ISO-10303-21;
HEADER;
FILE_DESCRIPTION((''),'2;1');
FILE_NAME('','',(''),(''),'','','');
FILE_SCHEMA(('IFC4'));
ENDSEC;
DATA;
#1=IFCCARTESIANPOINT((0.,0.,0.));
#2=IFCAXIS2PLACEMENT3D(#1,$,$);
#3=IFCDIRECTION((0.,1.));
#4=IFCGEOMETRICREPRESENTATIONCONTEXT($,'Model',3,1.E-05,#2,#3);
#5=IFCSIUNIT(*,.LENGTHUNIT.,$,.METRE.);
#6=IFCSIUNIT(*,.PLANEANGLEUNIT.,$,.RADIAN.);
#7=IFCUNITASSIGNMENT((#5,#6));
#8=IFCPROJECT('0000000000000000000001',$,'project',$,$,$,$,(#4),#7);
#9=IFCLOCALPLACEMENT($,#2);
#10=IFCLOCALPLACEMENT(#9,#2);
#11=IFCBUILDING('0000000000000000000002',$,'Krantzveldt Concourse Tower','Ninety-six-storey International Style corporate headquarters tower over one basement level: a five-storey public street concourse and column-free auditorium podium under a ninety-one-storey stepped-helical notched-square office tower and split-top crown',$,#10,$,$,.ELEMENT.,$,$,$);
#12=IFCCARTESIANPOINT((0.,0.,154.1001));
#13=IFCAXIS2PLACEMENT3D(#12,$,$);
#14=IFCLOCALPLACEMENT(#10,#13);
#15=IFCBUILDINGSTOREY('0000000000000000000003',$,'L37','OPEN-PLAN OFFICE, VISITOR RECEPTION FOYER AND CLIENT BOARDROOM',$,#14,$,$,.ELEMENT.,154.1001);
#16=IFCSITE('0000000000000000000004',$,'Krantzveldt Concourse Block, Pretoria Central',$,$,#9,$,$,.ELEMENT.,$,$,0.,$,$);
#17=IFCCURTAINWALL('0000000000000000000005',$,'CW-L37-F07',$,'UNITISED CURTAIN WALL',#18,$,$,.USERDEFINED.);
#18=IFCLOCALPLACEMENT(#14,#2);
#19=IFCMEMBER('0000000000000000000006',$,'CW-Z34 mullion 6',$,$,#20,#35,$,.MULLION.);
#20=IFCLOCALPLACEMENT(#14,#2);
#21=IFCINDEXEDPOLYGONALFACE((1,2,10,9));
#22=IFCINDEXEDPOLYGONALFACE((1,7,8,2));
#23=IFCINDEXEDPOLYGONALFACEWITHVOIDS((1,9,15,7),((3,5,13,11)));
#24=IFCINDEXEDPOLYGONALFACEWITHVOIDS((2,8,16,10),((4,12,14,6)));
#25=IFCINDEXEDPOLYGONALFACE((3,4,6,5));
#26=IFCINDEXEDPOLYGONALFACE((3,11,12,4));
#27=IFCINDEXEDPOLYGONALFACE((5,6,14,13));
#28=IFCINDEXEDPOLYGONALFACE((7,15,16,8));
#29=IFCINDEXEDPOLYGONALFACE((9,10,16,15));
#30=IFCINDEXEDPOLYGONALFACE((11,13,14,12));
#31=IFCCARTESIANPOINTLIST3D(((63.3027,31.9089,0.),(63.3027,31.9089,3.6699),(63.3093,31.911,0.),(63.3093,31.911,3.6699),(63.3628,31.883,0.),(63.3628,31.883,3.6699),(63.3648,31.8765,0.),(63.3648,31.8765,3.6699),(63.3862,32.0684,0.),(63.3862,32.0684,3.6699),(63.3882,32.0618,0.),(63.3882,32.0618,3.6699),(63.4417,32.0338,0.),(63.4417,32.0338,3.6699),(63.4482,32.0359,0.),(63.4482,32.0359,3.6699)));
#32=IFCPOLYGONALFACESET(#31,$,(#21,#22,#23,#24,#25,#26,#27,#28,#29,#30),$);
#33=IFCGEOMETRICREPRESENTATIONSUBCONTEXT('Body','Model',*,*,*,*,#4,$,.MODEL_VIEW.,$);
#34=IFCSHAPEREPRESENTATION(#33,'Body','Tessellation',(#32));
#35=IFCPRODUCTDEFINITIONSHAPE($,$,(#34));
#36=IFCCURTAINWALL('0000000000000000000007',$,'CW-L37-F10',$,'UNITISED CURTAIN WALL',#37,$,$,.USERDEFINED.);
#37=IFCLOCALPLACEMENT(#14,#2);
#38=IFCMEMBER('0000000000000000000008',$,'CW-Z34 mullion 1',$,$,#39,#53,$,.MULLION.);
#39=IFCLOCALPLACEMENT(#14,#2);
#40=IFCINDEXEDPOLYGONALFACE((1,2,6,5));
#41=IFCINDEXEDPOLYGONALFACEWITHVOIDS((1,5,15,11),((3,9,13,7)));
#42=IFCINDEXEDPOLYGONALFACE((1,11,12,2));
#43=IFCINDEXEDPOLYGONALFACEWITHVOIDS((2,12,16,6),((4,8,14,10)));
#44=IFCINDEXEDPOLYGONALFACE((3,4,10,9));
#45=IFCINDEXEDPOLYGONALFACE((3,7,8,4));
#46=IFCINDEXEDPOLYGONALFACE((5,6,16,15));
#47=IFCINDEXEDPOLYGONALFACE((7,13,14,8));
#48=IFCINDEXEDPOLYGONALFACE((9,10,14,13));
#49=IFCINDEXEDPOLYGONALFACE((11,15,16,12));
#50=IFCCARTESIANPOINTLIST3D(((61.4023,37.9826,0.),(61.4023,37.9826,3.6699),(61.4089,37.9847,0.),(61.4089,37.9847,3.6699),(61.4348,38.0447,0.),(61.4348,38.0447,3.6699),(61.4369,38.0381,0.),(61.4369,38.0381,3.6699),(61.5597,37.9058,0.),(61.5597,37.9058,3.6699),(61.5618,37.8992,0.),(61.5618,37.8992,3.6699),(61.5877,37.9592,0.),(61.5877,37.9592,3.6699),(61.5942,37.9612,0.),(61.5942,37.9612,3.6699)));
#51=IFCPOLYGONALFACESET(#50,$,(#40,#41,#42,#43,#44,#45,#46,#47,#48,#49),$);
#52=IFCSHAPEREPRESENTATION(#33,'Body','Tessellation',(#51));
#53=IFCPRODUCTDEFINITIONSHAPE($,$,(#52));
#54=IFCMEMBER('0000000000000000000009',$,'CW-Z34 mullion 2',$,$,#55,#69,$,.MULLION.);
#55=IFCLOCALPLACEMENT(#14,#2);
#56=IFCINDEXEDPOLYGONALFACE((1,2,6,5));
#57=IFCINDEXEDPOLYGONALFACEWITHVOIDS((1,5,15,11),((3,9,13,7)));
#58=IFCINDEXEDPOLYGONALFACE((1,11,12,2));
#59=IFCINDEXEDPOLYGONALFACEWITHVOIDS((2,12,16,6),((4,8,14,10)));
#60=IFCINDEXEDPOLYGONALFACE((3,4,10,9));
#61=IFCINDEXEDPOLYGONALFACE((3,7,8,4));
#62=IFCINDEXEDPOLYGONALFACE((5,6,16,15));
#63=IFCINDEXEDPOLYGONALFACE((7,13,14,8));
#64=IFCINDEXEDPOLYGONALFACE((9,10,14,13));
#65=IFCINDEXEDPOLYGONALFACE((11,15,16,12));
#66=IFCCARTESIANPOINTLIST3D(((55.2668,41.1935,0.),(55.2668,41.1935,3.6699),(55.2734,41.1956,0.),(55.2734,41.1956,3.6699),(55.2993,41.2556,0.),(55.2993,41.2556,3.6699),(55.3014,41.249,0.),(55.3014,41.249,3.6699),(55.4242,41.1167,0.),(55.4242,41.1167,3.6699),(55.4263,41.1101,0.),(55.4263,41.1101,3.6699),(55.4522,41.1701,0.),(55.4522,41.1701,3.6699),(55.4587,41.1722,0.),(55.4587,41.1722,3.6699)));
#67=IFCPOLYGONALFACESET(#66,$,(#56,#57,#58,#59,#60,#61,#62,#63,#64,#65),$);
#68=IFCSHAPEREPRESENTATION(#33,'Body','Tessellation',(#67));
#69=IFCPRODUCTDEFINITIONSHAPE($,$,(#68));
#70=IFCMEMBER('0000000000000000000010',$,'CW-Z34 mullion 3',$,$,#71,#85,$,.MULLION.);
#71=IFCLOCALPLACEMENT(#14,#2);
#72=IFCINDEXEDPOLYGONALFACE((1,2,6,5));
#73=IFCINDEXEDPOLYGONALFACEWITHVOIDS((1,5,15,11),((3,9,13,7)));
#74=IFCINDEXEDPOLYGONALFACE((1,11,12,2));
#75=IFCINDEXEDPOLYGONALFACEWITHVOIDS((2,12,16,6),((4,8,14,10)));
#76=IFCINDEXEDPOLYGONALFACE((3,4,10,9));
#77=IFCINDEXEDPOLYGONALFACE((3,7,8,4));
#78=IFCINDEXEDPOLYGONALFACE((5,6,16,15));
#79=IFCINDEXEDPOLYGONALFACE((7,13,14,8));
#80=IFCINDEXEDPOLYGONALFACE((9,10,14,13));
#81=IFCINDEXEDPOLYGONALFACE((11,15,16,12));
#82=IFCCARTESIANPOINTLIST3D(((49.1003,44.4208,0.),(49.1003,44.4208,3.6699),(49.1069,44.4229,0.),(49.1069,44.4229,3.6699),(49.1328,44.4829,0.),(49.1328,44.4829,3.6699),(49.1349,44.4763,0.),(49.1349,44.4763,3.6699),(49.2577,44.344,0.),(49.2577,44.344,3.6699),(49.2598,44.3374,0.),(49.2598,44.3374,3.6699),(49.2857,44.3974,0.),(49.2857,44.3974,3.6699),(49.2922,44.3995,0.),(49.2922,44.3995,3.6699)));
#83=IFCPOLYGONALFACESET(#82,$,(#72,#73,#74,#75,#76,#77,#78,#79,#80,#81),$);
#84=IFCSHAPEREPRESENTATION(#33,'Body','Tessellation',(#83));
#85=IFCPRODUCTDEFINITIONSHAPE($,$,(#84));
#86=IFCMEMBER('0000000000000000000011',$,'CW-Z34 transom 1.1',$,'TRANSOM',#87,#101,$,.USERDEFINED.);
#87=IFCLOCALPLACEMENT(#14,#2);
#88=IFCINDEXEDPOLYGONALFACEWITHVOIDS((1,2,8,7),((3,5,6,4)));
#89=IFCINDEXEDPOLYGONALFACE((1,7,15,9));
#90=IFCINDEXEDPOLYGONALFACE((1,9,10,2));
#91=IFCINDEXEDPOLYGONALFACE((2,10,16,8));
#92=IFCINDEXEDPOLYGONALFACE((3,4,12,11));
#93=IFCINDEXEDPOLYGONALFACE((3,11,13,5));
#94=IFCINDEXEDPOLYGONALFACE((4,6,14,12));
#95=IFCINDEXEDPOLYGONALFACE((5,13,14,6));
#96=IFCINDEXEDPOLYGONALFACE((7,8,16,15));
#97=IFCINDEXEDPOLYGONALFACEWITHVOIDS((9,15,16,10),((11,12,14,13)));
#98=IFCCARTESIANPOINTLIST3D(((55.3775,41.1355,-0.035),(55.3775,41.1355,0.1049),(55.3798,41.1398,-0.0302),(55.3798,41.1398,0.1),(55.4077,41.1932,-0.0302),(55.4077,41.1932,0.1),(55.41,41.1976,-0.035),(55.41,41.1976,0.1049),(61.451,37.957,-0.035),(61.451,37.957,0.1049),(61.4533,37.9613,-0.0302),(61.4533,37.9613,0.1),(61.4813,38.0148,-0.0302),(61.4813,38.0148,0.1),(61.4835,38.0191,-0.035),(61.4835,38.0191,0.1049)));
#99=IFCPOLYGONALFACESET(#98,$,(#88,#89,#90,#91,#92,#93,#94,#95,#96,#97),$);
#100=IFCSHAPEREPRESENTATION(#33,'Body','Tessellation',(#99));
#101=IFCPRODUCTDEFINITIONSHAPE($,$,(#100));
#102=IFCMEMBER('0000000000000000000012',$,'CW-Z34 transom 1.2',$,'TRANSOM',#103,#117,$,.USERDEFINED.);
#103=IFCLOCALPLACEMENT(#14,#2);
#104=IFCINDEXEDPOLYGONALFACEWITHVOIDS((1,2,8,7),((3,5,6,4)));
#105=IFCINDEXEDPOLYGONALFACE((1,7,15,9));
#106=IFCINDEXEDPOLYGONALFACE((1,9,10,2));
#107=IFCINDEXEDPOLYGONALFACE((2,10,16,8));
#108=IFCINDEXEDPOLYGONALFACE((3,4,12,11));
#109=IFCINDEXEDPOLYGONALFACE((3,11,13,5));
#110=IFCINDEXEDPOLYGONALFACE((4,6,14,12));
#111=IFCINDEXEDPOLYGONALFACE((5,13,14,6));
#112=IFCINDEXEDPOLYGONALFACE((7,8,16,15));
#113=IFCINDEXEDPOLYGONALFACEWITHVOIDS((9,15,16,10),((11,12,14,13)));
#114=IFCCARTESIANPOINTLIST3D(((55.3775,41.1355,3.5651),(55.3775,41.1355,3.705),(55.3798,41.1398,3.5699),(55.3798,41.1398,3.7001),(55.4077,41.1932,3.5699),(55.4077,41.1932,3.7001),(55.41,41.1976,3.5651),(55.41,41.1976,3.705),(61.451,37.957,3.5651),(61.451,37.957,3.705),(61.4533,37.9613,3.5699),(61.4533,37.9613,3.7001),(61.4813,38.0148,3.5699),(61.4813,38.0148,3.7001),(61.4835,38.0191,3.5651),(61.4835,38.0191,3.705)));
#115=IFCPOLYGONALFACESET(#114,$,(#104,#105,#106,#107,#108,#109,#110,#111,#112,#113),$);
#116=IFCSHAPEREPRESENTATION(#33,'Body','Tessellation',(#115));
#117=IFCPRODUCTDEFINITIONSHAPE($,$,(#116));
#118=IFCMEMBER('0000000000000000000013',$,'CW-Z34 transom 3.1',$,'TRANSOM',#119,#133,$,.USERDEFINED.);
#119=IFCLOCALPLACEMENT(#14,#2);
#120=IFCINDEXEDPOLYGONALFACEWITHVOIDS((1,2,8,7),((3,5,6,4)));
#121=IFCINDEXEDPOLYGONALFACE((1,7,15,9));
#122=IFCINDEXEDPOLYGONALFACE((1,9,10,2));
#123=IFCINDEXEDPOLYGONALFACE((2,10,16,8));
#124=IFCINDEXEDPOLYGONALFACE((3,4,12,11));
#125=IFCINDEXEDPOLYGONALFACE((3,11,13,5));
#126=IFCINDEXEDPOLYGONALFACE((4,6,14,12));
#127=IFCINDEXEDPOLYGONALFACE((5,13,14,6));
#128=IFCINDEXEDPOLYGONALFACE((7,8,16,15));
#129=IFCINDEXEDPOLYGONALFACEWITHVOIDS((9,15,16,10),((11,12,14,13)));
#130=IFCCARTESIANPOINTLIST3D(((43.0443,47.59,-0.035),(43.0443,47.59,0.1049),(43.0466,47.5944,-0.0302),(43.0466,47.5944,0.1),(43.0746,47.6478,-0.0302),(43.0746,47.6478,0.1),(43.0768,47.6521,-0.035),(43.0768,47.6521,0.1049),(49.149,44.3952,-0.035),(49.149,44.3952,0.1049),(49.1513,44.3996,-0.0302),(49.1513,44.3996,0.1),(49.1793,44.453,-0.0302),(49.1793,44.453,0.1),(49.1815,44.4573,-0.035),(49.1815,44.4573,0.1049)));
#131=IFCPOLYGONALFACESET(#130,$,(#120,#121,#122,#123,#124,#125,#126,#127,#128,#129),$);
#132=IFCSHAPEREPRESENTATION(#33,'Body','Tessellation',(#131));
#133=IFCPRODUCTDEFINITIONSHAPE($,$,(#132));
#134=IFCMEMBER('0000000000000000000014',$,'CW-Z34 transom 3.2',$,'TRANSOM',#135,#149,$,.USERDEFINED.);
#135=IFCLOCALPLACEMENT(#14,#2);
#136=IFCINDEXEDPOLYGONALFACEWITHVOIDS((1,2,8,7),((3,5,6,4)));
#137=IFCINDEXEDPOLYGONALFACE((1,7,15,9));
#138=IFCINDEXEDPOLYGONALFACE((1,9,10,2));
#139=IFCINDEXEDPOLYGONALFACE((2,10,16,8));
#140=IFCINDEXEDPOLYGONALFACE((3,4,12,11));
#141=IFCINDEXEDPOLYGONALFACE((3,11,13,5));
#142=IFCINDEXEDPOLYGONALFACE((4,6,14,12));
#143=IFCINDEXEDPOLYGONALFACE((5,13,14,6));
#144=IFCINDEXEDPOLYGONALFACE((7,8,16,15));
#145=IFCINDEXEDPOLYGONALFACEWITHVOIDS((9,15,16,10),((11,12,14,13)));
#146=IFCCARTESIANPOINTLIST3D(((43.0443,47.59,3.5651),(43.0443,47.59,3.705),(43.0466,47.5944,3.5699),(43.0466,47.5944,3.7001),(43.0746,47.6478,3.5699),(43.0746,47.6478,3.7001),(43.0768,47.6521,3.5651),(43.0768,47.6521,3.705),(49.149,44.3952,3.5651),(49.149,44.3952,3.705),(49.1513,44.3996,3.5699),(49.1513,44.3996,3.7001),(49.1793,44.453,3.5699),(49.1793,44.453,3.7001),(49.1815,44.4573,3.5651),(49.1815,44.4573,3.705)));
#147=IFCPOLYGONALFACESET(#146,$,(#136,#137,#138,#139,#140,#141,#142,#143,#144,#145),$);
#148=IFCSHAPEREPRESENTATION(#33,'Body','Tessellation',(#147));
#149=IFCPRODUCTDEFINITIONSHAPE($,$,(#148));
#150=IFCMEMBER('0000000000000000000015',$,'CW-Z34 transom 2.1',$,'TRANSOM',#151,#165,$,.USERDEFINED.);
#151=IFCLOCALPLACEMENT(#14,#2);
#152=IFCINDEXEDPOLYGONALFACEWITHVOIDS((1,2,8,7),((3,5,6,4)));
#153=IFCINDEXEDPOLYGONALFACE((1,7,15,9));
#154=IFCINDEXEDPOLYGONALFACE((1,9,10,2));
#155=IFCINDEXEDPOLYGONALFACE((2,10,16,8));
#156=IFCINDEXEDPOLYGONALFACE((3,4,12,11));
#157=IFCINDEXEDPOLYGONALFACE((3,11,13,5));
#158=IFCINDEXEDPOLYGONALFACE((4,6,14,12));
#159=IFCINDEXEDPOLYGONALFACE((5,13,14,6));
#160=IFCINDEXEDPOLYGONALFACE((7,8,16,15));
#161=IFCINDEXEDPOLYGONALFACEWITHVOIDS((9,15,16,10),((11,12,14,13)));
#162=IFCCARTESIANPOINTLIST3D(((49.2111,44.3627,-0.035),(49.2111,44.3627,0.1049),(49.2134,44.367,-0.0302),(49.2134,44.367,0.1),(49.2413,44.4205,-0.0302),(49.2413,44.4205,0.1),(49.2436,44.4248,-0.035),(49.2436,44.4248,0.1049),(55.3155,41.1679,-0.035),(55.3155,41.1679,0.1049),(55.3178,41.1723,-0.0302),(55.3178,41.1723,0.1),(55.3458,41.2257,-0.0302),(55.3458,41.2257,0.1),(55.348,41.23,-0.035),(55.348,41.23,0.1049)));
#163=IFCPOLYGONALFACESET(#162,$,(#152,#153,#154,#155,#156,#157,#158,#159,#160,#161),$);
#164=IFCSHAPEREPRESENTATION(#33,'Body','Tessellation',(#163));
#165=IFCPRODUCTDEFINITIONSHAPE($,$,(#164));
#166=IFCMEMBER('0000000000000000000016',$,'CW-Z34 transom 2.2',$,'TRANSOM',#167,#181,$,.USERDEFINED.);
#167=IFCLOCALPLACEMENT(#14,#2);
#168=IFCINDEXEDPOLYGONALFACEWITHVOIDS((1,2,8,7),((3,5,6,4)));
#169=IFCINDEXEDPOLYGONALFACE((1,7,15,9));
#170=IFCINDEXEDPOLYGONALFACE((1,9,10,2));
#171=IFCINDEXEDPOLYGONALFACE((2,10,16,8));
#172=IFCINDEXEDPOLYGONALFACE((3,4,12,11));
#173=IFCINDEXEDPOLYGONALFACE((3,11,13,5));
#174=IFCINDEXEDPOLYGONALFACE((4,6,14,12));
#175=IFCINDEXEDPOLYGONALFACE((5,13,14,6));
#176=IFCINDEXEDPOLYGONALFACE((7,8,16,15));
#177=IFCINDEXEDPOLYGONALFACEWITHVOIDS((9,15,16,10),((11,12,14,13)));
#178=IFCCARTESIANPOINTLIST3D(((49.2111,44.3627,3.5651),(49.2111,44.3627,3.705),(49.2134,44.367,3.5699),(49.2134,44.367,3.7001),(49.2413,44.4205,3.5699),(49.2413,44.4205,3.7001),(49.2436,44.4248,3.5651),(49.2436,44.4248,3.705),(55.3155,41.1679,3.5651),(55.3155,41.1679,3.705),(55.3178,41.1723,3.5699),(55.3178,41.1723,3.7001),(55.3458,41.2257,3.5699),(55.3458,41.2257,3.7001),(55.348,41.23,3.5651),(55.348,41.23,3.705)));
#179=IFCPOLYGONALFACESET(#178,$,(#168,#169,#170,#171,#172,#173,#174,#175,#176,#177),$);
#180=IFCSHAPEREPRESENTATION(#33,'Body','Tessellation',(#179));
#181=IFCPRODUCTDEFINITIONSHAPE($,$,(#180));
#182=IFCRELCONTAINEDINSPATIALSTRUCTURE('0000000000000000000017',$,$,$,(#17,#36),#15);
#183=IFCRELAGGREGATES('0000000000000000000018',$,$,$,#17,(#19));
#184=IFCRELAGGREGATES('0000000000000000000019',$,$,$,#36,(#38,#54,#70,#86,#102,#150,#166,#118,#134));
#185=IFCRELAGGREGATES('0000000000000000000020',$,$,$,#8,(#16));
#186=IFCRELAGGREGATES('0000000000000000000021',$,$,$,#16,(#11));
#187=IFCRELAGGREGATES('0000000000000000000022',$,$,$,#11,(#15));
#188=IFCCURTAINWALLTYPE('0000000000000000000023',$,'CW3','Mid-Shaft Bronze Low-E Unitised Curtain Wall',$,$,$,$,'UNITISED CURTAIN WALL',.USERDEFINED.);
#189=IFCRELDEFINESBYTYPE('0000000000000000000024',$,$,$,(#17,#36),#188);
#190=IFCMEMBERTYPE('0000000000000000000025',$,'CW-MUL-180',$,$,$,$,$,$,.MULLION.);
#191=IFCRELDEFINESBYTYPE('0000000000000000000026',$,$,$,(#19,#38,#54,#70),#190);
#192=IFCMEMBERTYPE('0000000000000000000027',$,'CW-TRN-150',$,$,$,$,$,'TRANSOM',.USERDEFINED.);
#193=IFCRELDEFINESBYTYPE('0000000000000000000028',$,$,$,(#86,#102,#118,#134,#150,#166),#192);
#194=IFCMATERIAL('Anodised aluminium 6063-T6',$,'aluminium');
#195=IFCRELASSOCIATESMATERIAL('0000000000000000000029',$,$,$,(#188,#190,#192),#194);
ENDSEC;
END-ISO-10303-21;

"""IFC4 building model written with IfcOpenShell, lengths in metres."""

from ifc_helpers import new_model, si_unit, direction, frame, origin, origin_2d, place, context, subcontext, project, spatial, hollow_rectangle, extrude, source, transform, mapped, material, material_profile, profile_set, type_object, type_shapes, element, aggregate, save


model = new_model("IFC4")

# Units and contexts
model_context = context("Model", 3, precision=1e-05, world=origin(), true_north=direction((0.0, 1.0)))
body_context = subcontext(model_context, "Body", "Model", "MODEL_VIEW")
ifc_project = project(units=[si_unit("LENGTHUNIT", "METRE"), si_unit("PLANEANGLEUNIT", "RADIAN")], contexts=[model_context])

# Site, building, storey
site_placement = place(None, origin())
site = spatial("IfcSite", under=ifc_project, at=site_placement, Name="Krantzveldt Concourse Block, Pretoria Central", CompositionType="ELEMENT", RefElevation=0.0)
building_placement = place(site_placement, origin())
building = spatial("IfcBuilding", under=site, at=building_placement, Name="Krantzveldt Concourse Tower", Description="Ninety-six-storey International Style corporate headquarters tower over one basement level: a five-storey public street concourse and column-free auditorium podium under a ninety-one-storey stepped-helical notched-square office tower and split-top crown", CompositionType="ELEMENT")
storey_placement = place(building_placement, frame((0.0, 0.0, 154.1001)))
storey = spatial("IfcBuildingStorey", under=building, at=storey_placement, Name="L37", Description="OPEN-PLAN OFFICE, VISITOR RECEPTION FOYER AND CLIENT BOARDROOM", CompositionType="ELEMENT", Elevation=154.1001)

# Curtain wall, member
ifc_material_1 = material(Name="Anodised aluminium 6063-T6", Category="aluminium")
curtain_wall_type = type_object("IfcCurtainWallType", Name="CW3", Description="Mid-Shaft Bronze Low-E Unitised Curtain Wall", ElementType="UNITISED CURTAIN WALL", PredefinedType="USERDEFINED", material=ifc_material_1)
curtain_wall_1_placement = place(storey_placement, origin())
curtain_wall_1 = element("IfcCurtainWall", 1, at=curtain_wall_1_placement, inside=storey, type_object=curtain_wall_type, Name="CW-L37-F07", ObjectType="UNITISED CURTAIN WALL", PredefinedType="USERDEFINED")
ifc_material_profile_1 = material_profile(ifc_material_1, hollow_rectangle(XDim=0.0701, YDim=0.1799, WallThickness=0.0049, at=origin_2d()), Name="Anodised aluminium 6063-T6", Category="aluminium")
ifc_profile_set_1 = profile_set([ifc_material_profile_1], Name="Anodised aluminium 6063-T6 - ALU-MULL 180x70x5")
member_type_1 = type_object("IfcMemberType", Name="CW-MUL-180", PredefinedType="MULLION", material=ifc_profile_set_1)
shared_shape_1 = source(origin(), body_context, "Body", "SweptSolid", [
    extrude(hollow_rectangle(XDim=0.0701, YDim=0.1799, WallThickness=0.0049, at=origin_2d()), origin(), (0.0, 0.0, 1.0), 3.6699),
])
type_shapes(member_type_1, [shared_shape_1])
member_1_placement = place(storey_placement, frame((63.3755, 31.9724, 0.0), z_axis=(0.0, 0.0, 1.0), x_axis=(-0.886001, 0.463683, 0.0)))
member_1 = element("IfcMember", 2, at=member_1_placement, type_object=member_type_1, Name="CW-Z34 mullion 6", PredefinedType="MULLION", context=body_context, shape_type="MappedRepresentation", body=[
    mapped(shared_shape_1, transform((0.0, 0.0, 0.0), x_axis=(1.0, 0.0, 0.0), y_axis=(0.0, 1.0, 0.0), z_axis=(0.0, 0.0, 1.0), scale=1.0)),
])

# Curtain wall, members
curtain_wall_2_placement = place(storey_placement, origin())
curtain_wall_2 = element("IfcCurtainWall", 3, at=curtain_wall_2_placement, inside=storey, type_object=curtain_wall_type, Name="CW-L37-F10", ObjectType="UNITISED CURTAIN WALL", PredefinedType="USERDEFINED")
member_2_placement = place(storey_placement, frame((61.4983, 37.9719, 0.0), z_axis=(0.0, 0.0, 1.0), x_axis=(-0.463683, -0.886001, 0.0)))
member_2 = element("IfcMember", 4, at=member_2_placement, type_object=member_type_1, Name="CW-Z34 mullion 1", PredefinedType="MULLION", context=body_context, shape_type="MappedRepresentation", body=[
    mapped(shared_shape_1, transform((0.0, 0.0, 0.0), x_axis=(1.0, 0.0, 0.0), y_axis=(0.0, 1.0, 0.0), z_axis=(0.0, 0.0, 1.0), scale=1.0)),
])
member_3_placement = place(storey_placement, frame((55.3628, 41.1829, 0.0), z_axis=(0.0, 0.0, 1.0), x_axis=(-0.463683, -0.886001, 0.0)))
member_3 = element("IfcMember", 5, at=member_3_placement, type_object=member_type_1, Name="CW-Z34 mullion 2", PredefinedType="MULLION", context=body_context, shape_type="MappedRepresentation", body=[
    mapped(shared_shape_1, transform((0.0, 0.0, 0.0), x_axis=(1.0, 0.0, 0.0), y_axis=(0.0, 1.0, 0.0), z_axis=(0.0, 0.0, 1.0), scale=1.0)),
])
member_4_placement = place(storey_placement, frame((49.1963, 44.4102, 0.0), z_axis=(0.0, 0.0, 1.0), x_axis=(-0.463683, -0.886001, 0.0)))
member_4 = element("IfcMember", 6, at=member_4_placement, type_object=member_type_1, Name="CW-Z34 mullion 3", PredefinedType="MULLION", context=body_context, shape_type="MappedRepresentation", body=[
    mapped(shared_shape_1, transform((0.0, 0.0, 0.0), x_axis=(1.0, 0.0, 0.0), y_axis=(0.0, 1.0, 0.0), z_axis=(0.0, 0.0, 1.0), scale=1.0)),
])
ifc_material_profile_2 = material_profile(ifc_material_1, hollow_rectangle(XDim=0.0701, YDim=0.1399, WallThickness=0.0049, at=origin_2d()), Name="Anodised aluminium 6063-T6", Category="aluminium")
ifc_profile_set_2 = profile_set([ifc_material_profile_2], Name="Anodised aluminium 6063-T6 - ALU-TRAN 140x70x5")
member_type_2 = type_object("IfcMemberType", Name="CW-TRN-150", ElementType="TRANSOM", PredefinedType="USERDEFINED", material=ifc_profile_set_2)
shared_shape_2 = source(origin(), body_context, "Body", "SweptSolid", [
    extrude(hollow_rectangle(XDim=0.0701, YDim=0.1399, WallThickness=0.0049, at=origin_2d()), origin(), (0.0, 0.0, 1.0), 6.855),
])
member_5_placement = place(storey_placement, frame((61.4673, 37.988, 0.0349), z_axis=(-0.886004, 0.463677, 0.0), x_axis=(-0.463677, -0.886004, 0.0)))
member_5 = element("IfcMember", 7, at=member_5_placement, type_object=member_type_2, Name="CW-Z34 transom 1.1", ObjectType="TRANSOM", PredefinedType="USERDEFINED", context=body_context, shape_type="MappedRepresentation", body=[
    mapped(shared_shape_2, transform((0.0, 0.0, 0.0), x_axis=(1.0, 0.0, 0.0), y_axis=(0.0, 1.0, 0.0), z_axis=(0.0, 0.0, 1.0), scale=1.0)),
])
member_6_placement = place(storey_placement, frame((61.4673, 37.988, 3.635), z_axis=(-0.886004, 0.463677, 0.0), x_axis=(-0.463677, -0.886004, 0.0)))
member_6 = element("IfcMember", 8, at=member_6_placement, type_object=member_type_2, Name="CW-Z34 transom 1.2", ObjectType="TRANSOM", PredefinedType="USERDEFINED", context=body_context, shape_type="MappedRepresentation", body=[
    mapped(shared_shape_2, transform((0.0, 0.0, 0.0), x_axis=(1.0, 0.0, 0.0), y_axis=(0.0, 1.0, 0.0), z_axis=(0.0, 0.0, 1.0), scale=1.0)),
])
shared_shape_3 = source(origin(), body_context, "Body", "SweptSolid", [
    extrude(hollow_rectangle(XDim=0.0701, YDim=0.1399, WallThickness=0.0049, at=origin_2d()), origin(), (0.0, 0.0, 1.0), 6.8901),
])
member_7_placement = place(storey_placement, frame((49.1653, 44.4263, 0.0349), z_axis=(-0.886004, 0.463677, 0.0), x_axis=(-0.463677, -0.886004, 0.0)))
member_7 = element("IfcMember", 9, at=member_7_placement, type_object=member_type_2, Name="CW-Z34 transom 3.1", ObjectType="TRANSOM", PredefinedType="USERDEFINED", context=body_context, shape_type="MappedRepresentation", body=[
    mapped(shared_shape_3, transform((0.0, 0.0, 0.0), x_axis=(1.0, 0.0, 0.0), y_axis=(0.0, 1.0, 0.0), z_axis=(0.0, 0.0, 1.0), scale=1.0)),
])
member_8_placement = place(storey_placement, frame((49.1653, 44.4263, 3.635), z_axis=(-0.886004, 0.463677, 0.0), x_axis=(-0.463677, -0.886004, 0.0)))
member_8 = element("IfcMember", 10, at=member_8_placement, type_object=member_type_2, Name="CW-Z34 transom 3.2", ObjectType="TRANSOM", PredefinedType="USERDEFINED", context=body_context, shape_type="MappedRepresentation", body=[
    mapped(shared_shape_3, transform((0.0, 0.0, 0.0), x_axis=(1.0, 0.0, 0.0), y_axis=(0.0, 1.0, 0.0), z_axis=(0.0, 0.0, 1.0), scale=1.0)),
])
shared_shape_4 = source(origin(), body_context, "Body", "SweptSolid", [
    extrude(hollow_rectangle(XDim=0.0701, YDim=0.1399, WallThickness=0.0049, at=origin_2d()), origin(), (0.0, 0.0, 1.0), 6.8899),
])
type_shapes(member_type_2, [shared_shape_2, shared_shape_3, shared_shape_4])
member_9_placement = place(storey_placement, frame((55.3318, 41.199, 0.0349), z_axis=(-0.885997, 0.463692, 0.0), x_axis=(-0.463692, -0.885997, 0.0)))
member_9 = element("IfcMember", 11, at=member_9_placement, type_object=member_type_2, Name="CW-Z34 transom 2.1", ObjectType="TRANSOM", PredefinedType="USERDEFINED", context=body_context, shape_type="MappedRepresentation", body=[
    mapped(shared_shape_4, transform((0.0, 0.0, 0.0), x_axis=(1.0, 0.0, 0.0), y_axis=(0.0, 1.0, 0.0), z_axis=(0.0, 0.0, 1.0), scale=1.0)),
])
member_10_placement = place(storey_placement, frame((55.3318, 41.199, 3.635), z_axis=(-0.885997, 0.463692, 0.0), x_axis=(-0.463692, -0.885997, 0.0)))
member_10 = element("IfcMember", 12, at=member_10_placement, type_object=member_type_2, Name="CW-Z34 transom 2.2", ObjectType="TRANSOM", PredefinedType="USERDEFINED", context=body_context, shape_type="MappedRepresentation", body=[
    mapped(shared_shape_4, transform((0.0, 0.0, 0.0), x_axis=(1.0, 0.0, 0.0), y_axis=(0.0, 1.0, 0.0), z_axis=(0.0, 0.0, 1.0), scale=1.0)),
])

aggregate(curtain_wall_1, [member_1])
aggregate(curtain_wall_2, [member_2, member_3, member_4, member_5, member_6, member_9, member_10, member_7, member_8])

save(model, "model.ifc")
